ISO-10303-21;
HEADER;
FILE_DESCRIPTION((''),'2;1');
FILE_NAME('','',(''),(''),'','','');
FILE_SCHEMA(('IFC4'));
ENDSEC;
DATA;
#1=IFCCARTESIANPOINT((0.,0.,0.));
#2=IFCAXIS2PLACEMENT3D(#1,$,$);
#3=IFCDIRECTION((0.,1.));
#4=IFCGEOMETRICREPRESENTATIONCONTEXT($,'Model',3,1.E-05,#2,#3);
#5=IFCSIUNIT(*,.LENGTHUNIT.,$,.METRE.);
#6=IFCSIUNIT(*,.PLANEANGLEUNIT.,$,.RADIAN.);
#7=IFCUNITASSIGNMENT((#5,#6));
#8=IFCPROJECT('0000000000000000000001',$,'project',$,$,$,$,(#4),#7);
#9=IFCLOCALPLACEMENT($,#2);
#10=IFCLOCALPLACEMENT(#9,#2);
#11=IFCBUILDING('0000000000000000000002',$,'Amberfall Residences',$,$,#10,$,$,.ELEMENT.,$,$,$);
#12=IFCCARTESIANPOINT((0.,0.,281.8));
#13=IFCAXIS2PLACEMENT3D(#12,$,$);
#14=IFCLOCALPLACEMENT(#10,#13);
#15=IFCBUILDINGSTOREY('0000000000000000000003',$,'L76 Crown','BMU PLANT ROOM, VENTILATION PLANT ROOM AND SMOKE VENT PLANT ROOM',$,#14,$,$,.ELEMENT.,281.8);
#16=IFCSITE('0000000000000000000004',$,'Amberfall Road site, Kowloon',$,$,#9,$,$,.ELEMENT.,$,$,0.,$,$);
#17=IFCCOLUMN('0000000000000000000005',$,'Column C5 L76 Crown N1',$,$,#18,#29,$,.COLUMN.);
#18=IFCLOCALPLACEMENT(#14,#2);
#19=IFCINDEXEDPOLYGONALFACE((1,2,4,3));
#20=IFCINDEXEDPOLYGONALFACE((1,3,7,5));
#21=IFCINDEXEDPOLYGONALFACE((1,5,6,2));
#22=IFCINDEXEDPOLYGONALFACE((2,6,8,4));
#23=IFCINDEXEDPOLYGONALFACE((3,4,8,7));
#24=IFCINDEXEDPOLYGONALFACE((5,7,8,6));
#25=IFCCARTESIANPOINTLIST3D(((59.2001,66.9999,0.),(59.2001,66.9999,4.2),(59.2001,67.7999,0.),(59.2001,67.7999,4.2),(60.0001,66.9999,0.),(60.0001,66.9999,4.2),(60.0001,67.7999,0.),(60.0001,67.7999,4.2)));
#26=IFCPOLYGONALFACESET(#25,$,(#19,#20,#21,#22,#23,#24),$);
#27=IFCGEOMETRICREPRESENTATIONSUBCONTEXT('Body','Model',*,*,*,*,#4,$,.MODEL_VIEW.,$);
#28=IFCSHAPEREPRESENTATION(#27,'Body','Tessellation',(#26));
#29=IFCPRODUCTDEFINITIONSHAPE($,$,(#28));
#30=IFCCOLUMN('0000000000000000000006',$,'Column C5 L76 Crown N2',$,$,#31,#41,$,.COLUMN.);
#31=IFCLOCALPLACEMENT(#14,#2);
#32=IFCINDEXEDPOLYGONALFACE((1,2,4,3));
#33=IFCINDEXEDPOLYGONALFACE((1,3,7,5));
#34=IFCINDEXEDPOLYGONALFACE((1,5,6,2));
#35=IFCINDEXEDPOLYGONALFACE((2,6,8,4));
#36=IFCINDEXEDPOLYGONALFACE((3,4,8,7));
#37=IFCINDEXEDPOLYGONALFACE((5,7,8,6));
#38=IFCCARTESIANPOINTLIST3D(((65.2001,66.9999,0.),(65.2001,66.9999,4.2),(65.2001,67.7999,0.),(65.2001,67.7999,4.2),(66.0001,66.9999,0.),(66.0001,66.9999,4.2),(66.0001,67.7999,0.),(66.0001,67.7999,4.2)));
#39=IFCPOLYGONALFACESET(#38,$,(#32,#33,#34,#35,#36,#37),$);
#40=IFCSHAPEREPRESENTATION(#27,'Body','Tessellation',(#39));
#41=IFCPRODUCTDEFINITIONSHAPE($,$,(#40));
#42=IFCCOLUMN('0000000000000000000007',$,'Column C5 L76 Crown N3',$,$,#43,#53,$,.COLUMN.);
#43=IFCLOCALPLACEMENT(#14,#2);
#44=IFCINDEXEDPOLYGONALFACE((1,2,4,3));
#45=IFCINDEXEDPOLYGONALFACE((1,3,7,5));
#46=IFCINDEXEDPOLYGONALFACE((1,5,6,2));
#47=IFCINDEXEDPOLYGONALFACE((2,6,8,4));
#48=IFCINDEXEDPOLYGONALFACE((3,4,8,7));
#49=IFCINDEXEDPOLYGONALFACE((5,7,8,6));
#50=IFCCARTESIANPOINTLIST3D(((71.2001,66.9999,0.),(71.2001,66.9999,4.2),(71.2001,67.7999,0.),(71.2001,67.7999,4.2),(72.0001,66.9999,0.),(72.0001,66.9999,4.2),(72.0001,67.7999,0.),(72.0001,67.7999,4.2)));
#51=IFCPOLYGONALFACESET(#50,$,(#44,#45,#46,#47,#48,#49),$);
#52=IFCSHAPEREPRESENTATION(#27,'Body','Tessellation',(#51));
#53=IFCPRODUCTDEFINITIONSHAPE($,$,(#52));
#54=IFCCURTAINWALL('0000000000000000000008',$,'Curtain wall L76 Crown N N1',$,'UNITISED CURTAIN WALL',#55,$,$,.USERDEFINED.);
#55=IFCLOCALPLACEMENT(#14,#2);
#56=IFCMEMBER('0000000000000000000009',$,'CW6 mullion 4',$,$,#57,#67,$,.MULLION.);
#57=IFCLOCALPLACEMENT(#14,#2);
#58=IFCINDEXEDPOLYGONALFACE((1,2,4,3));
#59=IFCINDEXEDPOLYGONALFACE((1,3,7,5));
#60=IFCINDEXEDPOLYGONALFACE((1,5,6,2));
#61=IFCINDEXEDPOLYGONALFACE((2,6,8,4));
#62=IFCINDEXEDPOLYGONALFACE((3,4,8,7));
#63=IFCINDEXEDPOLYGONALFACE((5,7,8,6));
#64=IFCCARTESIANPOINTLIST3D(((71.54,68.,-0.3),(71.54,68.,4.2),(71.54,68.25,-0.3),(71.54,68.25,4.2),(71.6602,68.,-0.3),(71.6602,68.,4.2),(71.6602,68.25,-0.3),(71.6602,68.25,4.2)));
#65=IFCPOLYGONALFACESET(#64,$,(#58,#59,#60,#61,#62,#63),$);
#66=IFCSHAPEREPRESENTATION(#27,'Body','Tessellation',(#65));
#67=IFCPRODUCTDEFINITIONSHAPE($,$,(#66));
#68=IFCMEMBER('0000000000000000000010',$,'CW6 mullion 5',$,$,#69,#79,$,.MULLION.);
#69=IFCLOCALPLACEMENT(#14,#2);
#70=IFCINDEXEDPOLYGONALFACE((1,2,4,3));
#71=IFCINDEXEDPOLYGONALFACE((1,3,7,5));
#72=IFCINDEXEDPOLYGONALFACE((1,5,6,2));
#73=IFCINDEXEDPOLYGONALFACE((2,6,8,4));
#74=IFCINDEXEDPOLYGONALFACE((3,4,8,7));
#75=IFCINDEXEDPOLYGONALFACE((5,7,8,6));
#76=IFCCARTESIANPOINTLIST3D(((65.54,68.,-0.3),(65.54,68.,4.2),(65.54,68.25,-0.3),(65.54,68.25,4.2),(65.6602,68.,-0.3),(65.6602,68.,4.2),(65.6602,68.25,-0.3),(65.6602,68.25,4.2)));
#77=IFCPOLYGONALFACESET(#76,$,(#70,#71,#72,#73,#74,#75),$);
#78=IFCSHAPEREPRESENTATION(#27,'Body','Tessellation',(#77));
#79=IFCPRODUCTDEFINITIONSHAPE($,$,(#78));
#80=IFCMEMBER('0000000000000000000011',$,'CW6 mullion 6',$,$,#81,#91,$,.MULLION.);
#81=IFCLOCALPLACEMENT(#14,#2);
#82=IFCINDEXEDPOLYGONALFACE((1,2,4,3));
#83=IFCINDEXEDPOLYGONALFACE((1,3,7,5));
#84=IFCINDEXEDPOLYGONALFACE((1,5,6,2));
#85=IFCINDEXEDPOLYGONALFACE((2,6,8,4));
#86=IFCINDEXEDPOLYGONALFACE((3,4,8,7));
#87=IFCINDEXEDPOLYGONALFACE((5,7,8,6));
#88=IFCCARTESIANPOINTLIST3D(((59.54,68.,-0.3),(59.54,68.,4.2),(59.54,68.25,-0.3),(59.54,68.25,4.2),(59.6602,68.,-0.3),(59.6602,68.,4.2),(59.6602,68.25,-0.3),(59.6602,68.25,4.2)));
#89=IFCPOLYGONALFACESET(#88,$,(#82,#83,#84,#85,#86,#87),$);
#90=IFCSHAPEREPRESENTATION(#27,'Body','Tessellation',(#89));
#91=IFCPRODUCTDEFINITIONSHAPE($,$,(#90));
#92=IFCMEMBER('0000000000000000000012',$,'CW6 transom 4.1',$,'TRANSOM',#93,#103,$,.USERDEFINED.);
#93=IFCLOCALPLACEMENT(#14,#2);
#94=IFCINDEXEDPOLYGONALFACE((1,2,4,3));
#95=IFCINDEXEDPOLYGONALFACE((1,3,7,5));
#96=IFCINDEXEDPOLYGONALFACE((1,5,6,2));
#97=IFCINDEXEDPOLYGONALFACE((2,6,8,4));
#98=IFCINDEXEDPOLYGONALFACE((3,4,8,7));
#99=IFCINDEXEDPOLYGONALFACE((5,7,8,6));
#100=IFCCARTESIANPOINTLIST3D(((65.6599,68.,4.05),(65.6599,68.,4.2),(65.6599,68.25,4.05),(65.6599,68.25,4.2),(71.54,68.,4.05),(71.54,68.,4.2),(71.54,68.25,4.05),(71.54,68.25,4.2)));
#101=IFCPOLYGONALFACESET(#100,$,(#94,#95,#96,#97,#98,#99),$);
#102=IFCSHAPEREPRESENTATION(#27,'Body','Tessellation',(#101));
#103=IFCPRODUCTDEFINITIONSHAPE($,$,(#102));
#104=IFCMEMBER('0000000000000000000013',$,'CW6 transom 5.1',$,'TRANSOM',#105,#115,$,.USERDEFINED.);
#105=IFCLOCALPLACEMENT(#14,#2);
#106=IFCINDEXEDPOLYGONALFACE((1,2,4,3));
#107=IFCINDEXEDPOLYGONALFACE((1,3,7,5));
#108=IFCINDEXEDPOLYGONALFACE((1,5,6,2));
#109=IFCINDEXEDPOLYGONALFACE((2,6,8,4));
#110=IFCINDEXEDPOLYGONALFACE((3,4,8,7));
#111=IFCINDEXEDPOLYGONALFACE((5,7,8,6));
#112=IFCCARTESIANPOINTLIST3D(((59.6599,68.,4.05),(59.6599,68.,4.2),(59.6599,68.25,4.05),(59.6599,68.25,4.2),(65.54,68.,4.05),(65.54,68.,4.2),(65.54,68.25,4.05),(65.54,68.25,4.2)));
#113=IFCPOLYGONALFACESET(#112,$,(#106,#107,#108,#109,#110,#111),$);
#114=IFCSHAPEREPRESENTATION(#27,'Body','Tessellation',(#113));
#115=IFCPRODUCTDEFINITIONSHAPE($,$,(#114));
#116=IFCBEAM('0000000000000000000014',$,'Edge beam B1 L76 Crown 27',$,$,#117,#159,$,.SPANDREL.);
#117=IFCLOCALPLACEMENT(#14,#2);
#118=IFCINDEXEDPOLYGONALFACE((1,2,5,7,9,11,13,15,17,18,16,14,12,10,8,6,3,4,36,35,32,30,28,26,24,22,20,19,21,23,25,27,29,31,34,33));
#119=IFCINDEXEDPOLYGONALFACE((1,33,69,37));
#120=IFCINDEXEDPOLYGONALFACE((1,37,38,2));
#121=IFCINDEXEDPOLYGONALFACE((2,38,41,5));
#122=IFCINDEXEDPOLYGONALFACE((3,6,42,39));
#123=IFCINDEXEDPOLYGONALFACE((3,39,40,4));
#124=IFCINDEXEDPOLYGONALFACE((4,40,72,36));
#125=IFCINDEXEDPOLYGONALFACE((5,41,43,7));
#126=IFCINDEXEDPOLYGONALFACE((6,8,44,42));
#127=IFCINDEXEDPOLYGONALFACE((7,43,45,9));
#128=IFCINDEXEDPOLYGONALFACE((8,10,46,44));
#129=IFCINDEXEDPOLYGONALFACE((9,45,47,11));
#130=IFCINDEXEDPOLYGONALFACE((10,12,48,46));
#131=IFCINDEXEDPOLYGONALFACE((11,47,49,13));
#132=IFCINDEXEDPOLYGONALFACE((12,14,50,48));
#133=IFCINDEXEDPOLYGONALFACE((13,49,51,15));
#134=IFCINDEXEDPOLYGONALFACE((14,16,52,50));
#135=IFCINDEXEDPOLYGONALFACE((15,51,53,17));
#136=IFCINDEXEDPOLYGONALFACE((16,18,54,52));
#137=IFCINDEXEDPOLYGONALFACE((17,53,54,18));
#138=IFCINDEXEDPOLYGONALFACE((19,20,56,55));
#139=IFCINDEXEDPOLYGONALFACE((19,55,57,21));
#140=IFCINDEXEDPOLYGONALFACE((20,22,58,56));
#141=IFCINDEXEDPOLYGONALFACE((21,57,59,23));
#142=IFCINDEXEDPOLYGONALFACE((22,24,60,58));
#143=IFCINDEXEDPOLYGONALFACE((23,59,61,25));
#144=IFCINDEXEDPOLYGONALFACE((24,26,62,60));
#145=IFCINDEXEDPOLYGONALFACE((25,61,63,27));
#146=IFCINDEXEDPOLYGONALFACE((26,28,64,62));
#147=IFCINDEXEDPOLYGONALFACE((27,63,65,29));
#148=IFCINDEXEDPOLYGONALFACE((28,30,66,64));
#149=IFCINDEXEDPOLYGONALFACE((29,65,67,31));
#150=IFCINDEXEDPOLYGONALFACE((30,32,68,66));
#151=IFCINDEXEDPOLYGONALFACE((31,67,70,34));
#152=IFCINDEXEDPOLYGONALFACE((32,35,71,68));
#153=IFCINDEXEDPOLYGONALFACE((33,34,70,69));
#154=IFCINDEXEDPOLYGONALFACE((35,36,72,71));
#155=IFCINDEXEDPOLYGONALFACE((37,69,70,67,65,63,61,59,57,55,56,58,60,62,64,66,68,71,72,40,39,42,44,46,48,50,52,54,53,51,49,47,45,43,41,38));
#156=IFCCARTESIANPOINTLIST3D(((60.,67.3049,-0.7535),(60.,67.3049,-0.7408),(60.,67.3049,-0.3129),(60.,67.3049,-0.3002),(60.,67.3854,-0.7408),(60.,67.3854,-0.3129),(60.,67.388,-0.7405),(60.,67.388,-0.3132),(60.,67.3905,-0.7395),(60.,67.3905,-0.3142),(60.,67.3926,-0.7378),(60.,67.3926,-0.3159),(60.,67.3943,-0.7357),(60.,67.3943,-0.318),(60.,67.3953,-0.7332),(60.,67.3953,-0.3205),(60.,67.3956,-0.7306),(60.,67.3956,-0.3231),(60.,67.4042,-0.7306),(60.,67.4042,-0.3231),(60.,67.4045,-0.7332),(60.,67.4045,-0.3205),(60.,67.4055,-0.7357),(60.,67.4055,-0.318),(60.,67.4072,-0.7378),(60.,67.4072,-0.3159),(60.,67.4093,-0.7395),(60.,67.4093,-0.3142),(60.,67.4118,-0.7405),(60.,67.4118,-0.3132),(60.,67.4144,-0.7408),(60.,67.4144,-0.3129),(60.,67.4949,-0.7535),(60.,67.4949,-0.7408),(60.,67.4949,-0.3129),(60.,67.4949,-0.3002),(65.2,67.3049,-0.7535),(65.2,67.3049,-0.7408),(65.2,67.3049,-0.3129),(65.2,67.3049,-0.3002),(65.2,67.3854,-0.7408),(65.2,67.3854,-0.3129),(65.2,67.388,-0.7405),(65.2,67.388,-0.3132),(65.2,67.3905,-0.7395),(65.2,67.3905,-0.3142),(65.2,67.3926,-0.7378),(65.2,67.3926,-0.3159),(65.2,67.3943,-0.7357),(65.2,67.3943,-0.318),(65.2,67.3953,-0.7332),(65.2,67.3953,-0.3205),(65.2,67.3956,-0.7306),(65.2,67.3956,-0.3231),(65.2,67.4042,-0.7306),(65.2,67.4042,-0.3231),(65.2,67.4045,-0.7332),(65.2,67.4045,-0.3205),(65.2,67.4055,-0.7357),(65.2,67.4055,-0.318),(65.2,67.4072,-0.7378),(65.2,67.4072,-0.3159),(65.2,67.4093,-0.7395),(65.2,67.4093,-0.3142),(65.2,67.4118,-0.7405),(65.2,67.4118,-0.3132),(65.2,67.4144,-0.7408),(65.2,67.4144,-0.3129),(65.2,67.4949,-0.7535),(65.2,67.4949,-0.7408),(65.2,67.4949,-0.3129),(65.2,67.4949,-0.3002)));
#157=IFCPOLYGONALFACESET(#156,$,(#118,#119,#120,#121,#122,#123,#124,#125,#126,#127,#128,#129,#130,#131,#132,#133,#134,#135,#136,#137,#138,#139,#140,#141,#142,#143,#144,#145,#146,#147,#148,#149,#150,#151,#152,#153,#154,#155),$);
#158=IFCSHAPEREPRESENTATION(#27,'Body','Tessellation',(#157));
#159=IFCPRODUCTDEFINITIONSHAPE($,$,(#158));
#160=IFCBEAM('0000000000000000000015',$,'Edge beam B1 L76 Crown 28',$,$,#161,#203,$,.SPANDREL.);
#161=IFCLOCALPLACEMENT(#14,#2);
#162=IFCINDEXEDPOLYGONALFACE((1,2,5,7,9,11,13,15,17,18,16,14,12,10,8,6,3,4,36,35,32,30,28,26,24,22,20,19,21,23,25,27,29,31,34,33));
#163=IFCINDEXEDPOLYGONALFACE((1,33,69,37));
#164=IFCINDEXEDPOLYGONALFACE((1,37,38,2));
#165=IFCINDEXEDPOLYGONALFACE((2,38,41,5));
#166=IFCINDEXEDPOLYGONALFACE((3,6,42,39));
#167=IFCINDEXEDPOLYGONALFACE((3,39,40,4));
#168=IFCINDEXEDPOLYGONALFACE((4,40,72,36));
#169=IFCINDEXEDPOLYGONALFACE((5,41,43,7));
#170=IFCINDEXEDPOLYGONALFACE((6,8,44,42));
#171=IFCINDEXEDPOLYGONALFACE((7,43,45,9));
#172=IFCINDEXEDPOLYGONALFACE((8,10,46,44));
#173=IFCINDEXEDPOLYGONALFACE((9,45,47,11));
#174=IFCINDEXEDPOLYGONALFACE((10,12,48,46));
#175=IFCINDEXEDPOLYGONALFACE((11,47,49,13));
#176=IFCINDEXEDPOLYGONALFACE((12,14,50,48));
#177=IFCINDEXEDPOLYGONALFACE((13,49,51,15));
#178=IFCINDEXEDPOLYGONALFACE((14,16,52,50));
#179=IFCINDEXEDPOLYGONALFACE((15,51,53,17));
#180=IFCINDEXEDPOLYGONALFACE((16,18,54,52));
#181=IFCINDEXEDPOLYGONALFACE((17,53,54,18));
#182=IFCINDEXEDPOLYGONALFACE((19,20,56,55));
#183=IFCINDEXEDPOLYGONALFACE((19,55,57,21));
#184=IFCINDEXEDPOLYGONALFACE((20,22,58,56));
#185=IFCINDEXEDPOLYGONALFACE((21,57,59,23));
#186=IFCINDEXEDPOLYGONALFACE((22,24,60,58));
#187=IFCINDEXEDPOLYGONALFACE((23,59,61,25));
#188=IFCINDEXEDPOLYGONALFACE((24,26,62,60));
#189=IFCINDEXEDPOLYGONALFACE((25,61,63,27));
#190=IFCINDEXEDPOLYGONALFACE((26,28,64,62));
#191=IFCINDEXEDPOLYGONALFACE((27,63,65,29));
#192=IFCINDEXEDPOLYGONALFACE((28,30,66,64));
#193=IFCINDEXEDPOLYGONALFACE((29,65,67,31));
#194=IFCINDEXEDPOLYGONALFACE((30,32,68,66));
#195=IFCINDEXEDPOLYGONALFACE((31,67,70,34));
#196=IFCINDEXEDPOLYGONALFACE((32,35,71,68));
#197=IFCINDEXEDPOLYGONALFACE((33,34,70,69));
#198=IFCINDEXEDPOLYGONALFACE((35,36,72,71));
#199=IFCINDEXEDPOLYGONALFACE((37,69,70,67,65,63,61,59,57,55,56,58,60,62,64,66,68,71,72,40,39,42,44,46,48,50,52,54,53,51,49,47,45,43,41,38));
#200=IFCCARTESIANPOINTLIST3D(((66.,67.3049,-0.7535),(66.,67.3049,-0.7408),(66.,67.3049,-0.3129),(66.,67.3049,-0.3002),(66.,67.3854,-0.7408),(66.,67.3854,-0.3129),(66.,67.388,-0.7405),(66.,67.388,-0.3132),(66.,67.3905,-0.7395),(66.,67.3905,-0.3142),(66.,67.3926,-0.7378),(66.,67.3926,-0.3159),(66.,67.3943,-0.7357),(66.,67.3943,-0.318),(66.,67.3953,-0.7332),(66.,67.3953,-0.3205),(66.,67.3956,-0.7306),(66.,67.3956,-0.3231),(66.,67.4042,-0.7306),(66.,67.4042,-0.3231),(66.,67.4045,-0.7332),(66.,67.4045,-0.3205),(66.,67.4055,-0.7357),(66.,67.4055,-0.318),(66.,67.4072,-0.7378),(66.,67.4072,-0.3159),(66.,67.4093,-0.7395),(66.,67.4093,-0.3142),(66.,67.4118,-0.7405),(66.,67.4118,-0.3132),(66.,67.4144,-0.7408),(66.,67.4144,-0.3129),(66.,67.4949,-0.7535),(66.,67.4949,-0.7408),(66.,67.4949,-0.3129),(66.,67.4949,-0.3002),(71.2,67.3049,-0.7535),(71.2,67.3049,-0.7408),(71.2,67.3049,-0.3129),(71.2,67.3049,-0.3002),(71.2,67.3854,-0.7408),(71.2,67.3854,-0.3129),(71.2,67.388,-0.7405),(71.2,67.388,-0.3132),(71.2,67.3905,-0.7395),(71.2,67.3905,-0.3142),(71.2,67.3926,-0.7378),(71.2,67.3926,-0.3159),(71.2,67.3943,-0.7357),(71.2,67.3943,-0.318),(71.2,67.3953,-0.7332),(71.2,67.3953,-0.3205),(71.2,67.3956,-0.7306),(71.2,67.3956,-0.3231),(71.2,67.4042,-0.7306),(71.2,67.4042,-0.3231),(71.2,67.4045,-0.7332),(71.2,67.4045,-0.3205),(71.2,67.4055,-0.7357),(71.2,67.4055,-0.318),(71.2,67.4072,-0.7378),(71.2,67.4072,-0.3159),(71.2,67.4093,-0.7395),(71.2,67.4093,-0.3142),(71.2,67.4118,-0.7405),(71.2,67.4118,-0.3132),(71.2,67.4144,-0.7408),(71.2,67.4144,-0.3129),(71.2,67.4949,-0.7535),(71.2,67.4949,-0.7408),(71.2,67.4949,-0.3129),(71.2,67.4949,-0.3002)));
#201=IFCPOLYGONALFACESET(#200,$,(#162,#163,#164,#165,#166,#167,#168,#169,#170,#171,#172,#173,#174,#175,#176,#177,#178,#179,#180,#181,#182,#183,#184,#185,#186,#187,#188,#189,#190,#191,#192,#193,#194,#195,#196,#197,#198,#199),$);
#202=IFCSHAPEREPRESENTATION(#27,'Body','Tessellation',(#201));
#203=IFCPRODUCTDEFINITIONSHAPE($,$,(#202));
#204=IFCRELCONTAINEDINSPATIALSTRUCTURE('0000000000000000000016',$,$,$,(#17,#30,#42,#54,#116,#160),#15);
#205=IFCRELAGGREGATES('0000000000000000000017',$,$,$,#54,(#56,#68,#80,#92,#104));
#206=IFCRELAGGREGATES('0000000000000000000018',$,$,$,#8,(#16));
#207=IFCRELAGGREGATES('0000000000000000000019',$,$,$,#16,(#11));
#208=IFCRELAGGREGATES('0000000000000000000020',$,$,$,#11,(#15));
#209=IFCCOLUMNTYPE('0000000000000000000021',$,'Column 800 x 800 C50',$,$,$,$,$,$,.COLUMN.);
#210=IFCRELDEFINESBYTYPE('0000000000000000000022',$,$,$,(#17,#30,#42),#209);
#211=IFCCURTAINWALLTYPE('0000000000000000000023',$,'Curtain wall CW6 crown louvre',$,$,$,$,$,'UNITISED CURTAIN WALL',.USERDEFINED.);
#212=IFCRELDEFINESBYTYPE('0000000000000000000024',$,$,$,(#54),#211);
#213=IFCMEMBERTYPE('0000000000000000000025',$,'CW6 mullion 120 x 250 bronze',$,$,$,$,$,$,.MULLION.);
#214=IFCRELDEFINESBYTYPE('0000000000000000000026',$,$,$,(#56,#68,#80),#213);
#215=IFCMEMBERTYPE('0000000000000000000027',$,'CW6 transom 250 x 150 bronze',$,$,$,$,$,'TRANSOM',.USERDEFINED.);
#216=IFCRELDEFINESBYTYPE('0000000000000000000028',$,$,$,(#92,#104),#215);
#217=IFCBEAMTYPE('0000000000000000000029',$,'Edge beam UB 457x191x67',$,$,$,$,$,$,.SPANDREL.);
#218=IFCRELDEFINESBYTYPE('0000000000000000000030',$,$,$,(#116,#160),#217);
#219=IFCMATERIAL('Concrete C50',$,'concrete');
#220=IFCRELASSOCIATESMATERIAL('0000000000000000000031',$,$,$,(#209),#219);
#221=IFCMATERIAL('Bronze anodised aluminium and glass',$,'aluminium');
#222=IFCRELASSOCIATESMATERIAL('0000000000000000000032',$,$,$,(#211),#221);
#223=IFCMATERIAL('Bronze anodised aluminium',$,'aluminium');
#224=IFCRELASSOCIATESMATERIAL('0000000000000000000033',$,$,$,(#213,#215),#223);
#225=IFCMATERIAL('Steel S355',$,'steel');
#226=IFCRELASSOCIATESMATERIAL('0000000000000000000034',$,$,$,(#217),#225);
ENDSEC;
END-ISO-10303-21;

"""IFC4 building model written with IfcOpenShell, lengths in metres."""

from ifc_helpers import new_model, si_unit, direction, frame, origin, origin_2d, place, context, subcontext, project, spatial, rectangle, i_section, extrude, material, material_profile, profile_set, type_object, element, aggregate, save


model = new_model("IFC4")

# Units and contexts
model_context = context("Model", 3, precision=1e-05, world=origin(), true_north=direction((0.0, 1.0)))
body_context = subcontext(model_context, "Body", "Model", "MODEL_VIEW")
ifc_project = project(units=[si_unit("LENGTHUNIT", "METRE"), si_unit("PLANEANGLEUNIT", "RADIAN")], contexts=[model_context])

# Site, building, storey
site_placement = place(None, origin())
site = spatial("IfcSite", under=ifc_project, at=site_placement, Name="Amberfall Road site, Kowloon", CompositionType="ELEMENT", RefElevation=0.0)
building_placement = place(site_placement, origin())
building = spatial("IfcBuilding", under=site, at=building_placement, Name="Amberfall Residences", CompositionType="ELEMENT")
storey_placement = place(building_placement, frame((0.0, 0.0, 281.8)))
storey = spatial("IfcBuildingStorey", under=building, at=storey_placement, Name="L76 Crown", Description="BMU PLANT ROOM, VENTILATION PLANT ROOM AND SMOKE VENT PLANT ROOM", CompositionType="ELEMENT", Elevation=281.8)

# Columns
ifc_material_1 = material(Name="Concrete C50", Category="concrete")
ifc_material_profile_1 = material_profile(ifc_material_1, rectangle(XDim=0.8, YDim=0.8, at=origin_2d()), Name="Column 800 x 800 C50")
ifc_profile_set_1 = profile_set([ifc_material_profile_1], Name="Concrete C50")
column_type = type_object("IfcColumnType", Name="Column 800 x 800 C50", PredefinedType="COLUMN", material=ifc_profile_set_1)
for number, where, z_axis, x_axis, name in (
    (1, (59.6001, 67.3999, 0.0), (0.0, 0.0, 1.0), (1.0, 0.0, 0.0), "Column C5 L76 Crown N1"),
    (2, (65.6001, 67.3999, 0.0), (0.0, 0.0, 1.0), (1.0, 0.0, 0.0), "Column C5 L76 Crown N2"),
    (3, (71.6001, 67.3999, 0.0), (0.0, 0.0, 1.0), (1.0, 0.0, 0.0), "Column C5 L76 Crown N3"),
):
    element("IfcColumn", number, at=place(storey_placement, frame(where, z_axis=z_axis, x_axis=x_axis)), inside=storey, type_object=column_type, Name=name, PredefinedType="COLUMN", context=body_context, shape_type="SweptSolid", body=[
        extrude(rectangle(XDim=0.8, YDim=0.8, at=origin_2d()), origin(), (0.0, 0.0, 1.0), 4.2),
    ])

# Curtain wall, members
ifc_material_2 = material(Name="Bronze anodised aluminium and glass", Category="aluminium")
curtain_wall_type = type_object("IfcCurtainWallType", Name="Curtain wall CW6 crown louvre", ElementType="UNITISED CURTAIN WALL", PredefinedType="USERDEFINED", material=ifc_material_2)
curtain_wall_placement = place(storey_placement, origin())
curtain_wall = element("IfcCurtainWall", 4, at=curtain_wall_placement, inside=storey, type_object=curtain_wall_type, Name="Curtain wall L76 Crown N N1", ObjectType="UNITISED CURTAIN WALL", PredefinedType="USERDEFINED")
ifc_material_3 = material(Name="Bronze anodised aluminium", Category="aluminium")
ifc_material_profile_2 = material_profile(ifc_material_3, rectangle(XDim=0.25, YDim=0.1201, at=origin_2d()), Name="CW6 mullion 120 x 250 bronze")
ifc_profile_set_2 = profile_set([ifc_material_profile_2], Name="Bronze anodised aluminium")
member_type_1 = type_object("IfcMemberType", Name="CW6 mullion 120 x 250 bronze", PredefinedType="MULLION", material=ifc_profile_set_2)
member_1_placement = place(storey_placement, frame((71.6001, 68.125, -0.3), z_axis=(0.0, 0.0, 1.0), x_axis=(0.0, -1.0, 0.0)))
member_1 = element("IfcMember", 5, at=member_1_placement, type_object=member_type_1, Name="CW6 mullion 4", PredefinedType="MULLION", context=body_context, shape_type="SweptSolid", body=[
    extrude(rectangle(XDim=0.25, YDim=0.1201, at=origin_2d()), origin(), (0.0, 0.0, 1.0), 4.5),
])
member_2_placement = place(storey_placement, frame((65.6001, 68.125, -0.3), z_axis=(0.0, 0.0, 1.0), x_axis=(0.0, -1.0, 0.0)))
member_2 = element("IfcMember", 6, at=member_2_placement, type_object=member_type_1, Name="CW6 mullion 5", PredefinedType="MULLION", context=body_context, shape_type="SweptSolid", body=[
    extrude(rectangle(XDim=0.25, YDim=0.1201, at=origin_2d()), origin(), (0.0, 0.0, 1.0), 4.5),
])
member_3_placement = place(storey_placement, frame((59.6001, 68.125, -0.3), z_axis=(0.0, 0.0, 1.0), x_axis=(0.0, -1.0, 0.0)))
member_3 = element("IfcMember", 7, at=member_3_placement, type_object=member_type_1, Name="CW6 mullion 6", PredefinedType="MULLION", context=body_context, shape_type="SweptSolid", body=[
    extrude(rectangle(XDim=0.25, YDim=0.1201, at=origin_2d()), origin(), (0.0, 0.0, 1.0), 4.5),
])
ifc_material_profile_3 = material_profile(ifc_material_3, rectangle(XDim=0.25, YDim=0.1499, at=origin_2d()), Name="CW6 transom 250 x 150 bronze")
ifc_profile_set_3 = profile_set([ifc_material_profile_3], Name="Bronze anodised aluminium")
member_type_2 = type_object("IfcMemberType", Name="CW6 transom 250 x 150 bronze", ElementType="TRANSOM", PredefinedType="USERDEFINED", material=ifc_profile_set_3)
member_4_placement = place(storey_placement, frame((71.54, 68.125, 4.125), z_axis=(-1.0, 0.0, 0.0), x_axis=(0.0, -1.0, 0.0)))
member_4 = element("IfcMember", 8, at=member_4_placement, type_object=member_type_2, Name="CW6 transom 4.1", ObjectType="TRANSOM", PredefinedType="USERDEFINED", context=body_context, shape_type="SweptSolid", body=[
    extrude(rectangle(XDim=0.25, YDim=0.1499, at=origin_2d()), origin(), (0.0, 0.0, 1.0), 5.8801),
])
member_5_placement = place(storey_placement, frame((65.54, 68.125, 4.125), z_axis=(-1.0, 0.0, 0.0), x_axis=(0.0, -1.0, 0.0)))
member_5 = element("IfcMember", 9, at=member_5_placement, type_object=member_type_2, Name="CW6 transom 5.1", ObjectType="TRANSOM", PredefinedType="USERDEFINED", context=body_context, shape_type="SweptSolid", body=[
    extrude(rectangle(XDim=0.25, YDim=0.1499, at=origin_2d()), origin(), (0.0, 0.0, 1.0), 5.8801),
])

# Beams
ifc_material_4 = material(Name="Steel S355", Category="steel")
ifc_material_profile_4 = material_profile(ifc_material_4, i_section(OverallWidth=0.1899, OverallDepth=0.4534, WebThickness=0.0085, FlangeThickness=0.0127, FilletRadius=0.0103, at=origin_2d()), Name="UB 457x191x67")
ifc_profile_set_4 = profile_set([ifc_material_profile_4], Name="Steel S355")
beam_type_1 = type_object("IfcBeamType", Name="Edge beam UB 457x191x67", PredefinedType="SPANDREL", material=ifc_profile_set_4)
for number, where, z_axis, x_axis, name in (
    (10, (60.0, 67.3999, -0.5269), (1.0, 0.0, 0.0), (0.0, 1.0, 0.0), "Edge beam B1 L76 Crown 27"),
    (11, (66.0, 67.3999, -0.5269), (1.0, 0.0, 0.0), (0.0, 1.0, 0.0), "Edge beam B1 L76 Crown 28"),
):
    element("IfcBeam", number, at=place(storey_placement, frame(where, z_axis=z_axis, x_axis=x_axis)), inside=storey, type_object=beam_type_1, Name=name, PredefinedType="SPANDREL", context=body_context, shape_type="SweptSolid", body=[
        extrude(i_section(OverallWidth=0.1899, OverallDepth=0.4534, WebThickness=0.0085, FlangeThickness=0.0127, FilletRadius=0.0103, at=origin_2d()), origin(), (0.0, 0.0, 1.0), 5.2),
    ])

aggregate(curtain_wall, [member_1, member_2, member_3, member_4, member_5])

save(model, "model.ifc")
